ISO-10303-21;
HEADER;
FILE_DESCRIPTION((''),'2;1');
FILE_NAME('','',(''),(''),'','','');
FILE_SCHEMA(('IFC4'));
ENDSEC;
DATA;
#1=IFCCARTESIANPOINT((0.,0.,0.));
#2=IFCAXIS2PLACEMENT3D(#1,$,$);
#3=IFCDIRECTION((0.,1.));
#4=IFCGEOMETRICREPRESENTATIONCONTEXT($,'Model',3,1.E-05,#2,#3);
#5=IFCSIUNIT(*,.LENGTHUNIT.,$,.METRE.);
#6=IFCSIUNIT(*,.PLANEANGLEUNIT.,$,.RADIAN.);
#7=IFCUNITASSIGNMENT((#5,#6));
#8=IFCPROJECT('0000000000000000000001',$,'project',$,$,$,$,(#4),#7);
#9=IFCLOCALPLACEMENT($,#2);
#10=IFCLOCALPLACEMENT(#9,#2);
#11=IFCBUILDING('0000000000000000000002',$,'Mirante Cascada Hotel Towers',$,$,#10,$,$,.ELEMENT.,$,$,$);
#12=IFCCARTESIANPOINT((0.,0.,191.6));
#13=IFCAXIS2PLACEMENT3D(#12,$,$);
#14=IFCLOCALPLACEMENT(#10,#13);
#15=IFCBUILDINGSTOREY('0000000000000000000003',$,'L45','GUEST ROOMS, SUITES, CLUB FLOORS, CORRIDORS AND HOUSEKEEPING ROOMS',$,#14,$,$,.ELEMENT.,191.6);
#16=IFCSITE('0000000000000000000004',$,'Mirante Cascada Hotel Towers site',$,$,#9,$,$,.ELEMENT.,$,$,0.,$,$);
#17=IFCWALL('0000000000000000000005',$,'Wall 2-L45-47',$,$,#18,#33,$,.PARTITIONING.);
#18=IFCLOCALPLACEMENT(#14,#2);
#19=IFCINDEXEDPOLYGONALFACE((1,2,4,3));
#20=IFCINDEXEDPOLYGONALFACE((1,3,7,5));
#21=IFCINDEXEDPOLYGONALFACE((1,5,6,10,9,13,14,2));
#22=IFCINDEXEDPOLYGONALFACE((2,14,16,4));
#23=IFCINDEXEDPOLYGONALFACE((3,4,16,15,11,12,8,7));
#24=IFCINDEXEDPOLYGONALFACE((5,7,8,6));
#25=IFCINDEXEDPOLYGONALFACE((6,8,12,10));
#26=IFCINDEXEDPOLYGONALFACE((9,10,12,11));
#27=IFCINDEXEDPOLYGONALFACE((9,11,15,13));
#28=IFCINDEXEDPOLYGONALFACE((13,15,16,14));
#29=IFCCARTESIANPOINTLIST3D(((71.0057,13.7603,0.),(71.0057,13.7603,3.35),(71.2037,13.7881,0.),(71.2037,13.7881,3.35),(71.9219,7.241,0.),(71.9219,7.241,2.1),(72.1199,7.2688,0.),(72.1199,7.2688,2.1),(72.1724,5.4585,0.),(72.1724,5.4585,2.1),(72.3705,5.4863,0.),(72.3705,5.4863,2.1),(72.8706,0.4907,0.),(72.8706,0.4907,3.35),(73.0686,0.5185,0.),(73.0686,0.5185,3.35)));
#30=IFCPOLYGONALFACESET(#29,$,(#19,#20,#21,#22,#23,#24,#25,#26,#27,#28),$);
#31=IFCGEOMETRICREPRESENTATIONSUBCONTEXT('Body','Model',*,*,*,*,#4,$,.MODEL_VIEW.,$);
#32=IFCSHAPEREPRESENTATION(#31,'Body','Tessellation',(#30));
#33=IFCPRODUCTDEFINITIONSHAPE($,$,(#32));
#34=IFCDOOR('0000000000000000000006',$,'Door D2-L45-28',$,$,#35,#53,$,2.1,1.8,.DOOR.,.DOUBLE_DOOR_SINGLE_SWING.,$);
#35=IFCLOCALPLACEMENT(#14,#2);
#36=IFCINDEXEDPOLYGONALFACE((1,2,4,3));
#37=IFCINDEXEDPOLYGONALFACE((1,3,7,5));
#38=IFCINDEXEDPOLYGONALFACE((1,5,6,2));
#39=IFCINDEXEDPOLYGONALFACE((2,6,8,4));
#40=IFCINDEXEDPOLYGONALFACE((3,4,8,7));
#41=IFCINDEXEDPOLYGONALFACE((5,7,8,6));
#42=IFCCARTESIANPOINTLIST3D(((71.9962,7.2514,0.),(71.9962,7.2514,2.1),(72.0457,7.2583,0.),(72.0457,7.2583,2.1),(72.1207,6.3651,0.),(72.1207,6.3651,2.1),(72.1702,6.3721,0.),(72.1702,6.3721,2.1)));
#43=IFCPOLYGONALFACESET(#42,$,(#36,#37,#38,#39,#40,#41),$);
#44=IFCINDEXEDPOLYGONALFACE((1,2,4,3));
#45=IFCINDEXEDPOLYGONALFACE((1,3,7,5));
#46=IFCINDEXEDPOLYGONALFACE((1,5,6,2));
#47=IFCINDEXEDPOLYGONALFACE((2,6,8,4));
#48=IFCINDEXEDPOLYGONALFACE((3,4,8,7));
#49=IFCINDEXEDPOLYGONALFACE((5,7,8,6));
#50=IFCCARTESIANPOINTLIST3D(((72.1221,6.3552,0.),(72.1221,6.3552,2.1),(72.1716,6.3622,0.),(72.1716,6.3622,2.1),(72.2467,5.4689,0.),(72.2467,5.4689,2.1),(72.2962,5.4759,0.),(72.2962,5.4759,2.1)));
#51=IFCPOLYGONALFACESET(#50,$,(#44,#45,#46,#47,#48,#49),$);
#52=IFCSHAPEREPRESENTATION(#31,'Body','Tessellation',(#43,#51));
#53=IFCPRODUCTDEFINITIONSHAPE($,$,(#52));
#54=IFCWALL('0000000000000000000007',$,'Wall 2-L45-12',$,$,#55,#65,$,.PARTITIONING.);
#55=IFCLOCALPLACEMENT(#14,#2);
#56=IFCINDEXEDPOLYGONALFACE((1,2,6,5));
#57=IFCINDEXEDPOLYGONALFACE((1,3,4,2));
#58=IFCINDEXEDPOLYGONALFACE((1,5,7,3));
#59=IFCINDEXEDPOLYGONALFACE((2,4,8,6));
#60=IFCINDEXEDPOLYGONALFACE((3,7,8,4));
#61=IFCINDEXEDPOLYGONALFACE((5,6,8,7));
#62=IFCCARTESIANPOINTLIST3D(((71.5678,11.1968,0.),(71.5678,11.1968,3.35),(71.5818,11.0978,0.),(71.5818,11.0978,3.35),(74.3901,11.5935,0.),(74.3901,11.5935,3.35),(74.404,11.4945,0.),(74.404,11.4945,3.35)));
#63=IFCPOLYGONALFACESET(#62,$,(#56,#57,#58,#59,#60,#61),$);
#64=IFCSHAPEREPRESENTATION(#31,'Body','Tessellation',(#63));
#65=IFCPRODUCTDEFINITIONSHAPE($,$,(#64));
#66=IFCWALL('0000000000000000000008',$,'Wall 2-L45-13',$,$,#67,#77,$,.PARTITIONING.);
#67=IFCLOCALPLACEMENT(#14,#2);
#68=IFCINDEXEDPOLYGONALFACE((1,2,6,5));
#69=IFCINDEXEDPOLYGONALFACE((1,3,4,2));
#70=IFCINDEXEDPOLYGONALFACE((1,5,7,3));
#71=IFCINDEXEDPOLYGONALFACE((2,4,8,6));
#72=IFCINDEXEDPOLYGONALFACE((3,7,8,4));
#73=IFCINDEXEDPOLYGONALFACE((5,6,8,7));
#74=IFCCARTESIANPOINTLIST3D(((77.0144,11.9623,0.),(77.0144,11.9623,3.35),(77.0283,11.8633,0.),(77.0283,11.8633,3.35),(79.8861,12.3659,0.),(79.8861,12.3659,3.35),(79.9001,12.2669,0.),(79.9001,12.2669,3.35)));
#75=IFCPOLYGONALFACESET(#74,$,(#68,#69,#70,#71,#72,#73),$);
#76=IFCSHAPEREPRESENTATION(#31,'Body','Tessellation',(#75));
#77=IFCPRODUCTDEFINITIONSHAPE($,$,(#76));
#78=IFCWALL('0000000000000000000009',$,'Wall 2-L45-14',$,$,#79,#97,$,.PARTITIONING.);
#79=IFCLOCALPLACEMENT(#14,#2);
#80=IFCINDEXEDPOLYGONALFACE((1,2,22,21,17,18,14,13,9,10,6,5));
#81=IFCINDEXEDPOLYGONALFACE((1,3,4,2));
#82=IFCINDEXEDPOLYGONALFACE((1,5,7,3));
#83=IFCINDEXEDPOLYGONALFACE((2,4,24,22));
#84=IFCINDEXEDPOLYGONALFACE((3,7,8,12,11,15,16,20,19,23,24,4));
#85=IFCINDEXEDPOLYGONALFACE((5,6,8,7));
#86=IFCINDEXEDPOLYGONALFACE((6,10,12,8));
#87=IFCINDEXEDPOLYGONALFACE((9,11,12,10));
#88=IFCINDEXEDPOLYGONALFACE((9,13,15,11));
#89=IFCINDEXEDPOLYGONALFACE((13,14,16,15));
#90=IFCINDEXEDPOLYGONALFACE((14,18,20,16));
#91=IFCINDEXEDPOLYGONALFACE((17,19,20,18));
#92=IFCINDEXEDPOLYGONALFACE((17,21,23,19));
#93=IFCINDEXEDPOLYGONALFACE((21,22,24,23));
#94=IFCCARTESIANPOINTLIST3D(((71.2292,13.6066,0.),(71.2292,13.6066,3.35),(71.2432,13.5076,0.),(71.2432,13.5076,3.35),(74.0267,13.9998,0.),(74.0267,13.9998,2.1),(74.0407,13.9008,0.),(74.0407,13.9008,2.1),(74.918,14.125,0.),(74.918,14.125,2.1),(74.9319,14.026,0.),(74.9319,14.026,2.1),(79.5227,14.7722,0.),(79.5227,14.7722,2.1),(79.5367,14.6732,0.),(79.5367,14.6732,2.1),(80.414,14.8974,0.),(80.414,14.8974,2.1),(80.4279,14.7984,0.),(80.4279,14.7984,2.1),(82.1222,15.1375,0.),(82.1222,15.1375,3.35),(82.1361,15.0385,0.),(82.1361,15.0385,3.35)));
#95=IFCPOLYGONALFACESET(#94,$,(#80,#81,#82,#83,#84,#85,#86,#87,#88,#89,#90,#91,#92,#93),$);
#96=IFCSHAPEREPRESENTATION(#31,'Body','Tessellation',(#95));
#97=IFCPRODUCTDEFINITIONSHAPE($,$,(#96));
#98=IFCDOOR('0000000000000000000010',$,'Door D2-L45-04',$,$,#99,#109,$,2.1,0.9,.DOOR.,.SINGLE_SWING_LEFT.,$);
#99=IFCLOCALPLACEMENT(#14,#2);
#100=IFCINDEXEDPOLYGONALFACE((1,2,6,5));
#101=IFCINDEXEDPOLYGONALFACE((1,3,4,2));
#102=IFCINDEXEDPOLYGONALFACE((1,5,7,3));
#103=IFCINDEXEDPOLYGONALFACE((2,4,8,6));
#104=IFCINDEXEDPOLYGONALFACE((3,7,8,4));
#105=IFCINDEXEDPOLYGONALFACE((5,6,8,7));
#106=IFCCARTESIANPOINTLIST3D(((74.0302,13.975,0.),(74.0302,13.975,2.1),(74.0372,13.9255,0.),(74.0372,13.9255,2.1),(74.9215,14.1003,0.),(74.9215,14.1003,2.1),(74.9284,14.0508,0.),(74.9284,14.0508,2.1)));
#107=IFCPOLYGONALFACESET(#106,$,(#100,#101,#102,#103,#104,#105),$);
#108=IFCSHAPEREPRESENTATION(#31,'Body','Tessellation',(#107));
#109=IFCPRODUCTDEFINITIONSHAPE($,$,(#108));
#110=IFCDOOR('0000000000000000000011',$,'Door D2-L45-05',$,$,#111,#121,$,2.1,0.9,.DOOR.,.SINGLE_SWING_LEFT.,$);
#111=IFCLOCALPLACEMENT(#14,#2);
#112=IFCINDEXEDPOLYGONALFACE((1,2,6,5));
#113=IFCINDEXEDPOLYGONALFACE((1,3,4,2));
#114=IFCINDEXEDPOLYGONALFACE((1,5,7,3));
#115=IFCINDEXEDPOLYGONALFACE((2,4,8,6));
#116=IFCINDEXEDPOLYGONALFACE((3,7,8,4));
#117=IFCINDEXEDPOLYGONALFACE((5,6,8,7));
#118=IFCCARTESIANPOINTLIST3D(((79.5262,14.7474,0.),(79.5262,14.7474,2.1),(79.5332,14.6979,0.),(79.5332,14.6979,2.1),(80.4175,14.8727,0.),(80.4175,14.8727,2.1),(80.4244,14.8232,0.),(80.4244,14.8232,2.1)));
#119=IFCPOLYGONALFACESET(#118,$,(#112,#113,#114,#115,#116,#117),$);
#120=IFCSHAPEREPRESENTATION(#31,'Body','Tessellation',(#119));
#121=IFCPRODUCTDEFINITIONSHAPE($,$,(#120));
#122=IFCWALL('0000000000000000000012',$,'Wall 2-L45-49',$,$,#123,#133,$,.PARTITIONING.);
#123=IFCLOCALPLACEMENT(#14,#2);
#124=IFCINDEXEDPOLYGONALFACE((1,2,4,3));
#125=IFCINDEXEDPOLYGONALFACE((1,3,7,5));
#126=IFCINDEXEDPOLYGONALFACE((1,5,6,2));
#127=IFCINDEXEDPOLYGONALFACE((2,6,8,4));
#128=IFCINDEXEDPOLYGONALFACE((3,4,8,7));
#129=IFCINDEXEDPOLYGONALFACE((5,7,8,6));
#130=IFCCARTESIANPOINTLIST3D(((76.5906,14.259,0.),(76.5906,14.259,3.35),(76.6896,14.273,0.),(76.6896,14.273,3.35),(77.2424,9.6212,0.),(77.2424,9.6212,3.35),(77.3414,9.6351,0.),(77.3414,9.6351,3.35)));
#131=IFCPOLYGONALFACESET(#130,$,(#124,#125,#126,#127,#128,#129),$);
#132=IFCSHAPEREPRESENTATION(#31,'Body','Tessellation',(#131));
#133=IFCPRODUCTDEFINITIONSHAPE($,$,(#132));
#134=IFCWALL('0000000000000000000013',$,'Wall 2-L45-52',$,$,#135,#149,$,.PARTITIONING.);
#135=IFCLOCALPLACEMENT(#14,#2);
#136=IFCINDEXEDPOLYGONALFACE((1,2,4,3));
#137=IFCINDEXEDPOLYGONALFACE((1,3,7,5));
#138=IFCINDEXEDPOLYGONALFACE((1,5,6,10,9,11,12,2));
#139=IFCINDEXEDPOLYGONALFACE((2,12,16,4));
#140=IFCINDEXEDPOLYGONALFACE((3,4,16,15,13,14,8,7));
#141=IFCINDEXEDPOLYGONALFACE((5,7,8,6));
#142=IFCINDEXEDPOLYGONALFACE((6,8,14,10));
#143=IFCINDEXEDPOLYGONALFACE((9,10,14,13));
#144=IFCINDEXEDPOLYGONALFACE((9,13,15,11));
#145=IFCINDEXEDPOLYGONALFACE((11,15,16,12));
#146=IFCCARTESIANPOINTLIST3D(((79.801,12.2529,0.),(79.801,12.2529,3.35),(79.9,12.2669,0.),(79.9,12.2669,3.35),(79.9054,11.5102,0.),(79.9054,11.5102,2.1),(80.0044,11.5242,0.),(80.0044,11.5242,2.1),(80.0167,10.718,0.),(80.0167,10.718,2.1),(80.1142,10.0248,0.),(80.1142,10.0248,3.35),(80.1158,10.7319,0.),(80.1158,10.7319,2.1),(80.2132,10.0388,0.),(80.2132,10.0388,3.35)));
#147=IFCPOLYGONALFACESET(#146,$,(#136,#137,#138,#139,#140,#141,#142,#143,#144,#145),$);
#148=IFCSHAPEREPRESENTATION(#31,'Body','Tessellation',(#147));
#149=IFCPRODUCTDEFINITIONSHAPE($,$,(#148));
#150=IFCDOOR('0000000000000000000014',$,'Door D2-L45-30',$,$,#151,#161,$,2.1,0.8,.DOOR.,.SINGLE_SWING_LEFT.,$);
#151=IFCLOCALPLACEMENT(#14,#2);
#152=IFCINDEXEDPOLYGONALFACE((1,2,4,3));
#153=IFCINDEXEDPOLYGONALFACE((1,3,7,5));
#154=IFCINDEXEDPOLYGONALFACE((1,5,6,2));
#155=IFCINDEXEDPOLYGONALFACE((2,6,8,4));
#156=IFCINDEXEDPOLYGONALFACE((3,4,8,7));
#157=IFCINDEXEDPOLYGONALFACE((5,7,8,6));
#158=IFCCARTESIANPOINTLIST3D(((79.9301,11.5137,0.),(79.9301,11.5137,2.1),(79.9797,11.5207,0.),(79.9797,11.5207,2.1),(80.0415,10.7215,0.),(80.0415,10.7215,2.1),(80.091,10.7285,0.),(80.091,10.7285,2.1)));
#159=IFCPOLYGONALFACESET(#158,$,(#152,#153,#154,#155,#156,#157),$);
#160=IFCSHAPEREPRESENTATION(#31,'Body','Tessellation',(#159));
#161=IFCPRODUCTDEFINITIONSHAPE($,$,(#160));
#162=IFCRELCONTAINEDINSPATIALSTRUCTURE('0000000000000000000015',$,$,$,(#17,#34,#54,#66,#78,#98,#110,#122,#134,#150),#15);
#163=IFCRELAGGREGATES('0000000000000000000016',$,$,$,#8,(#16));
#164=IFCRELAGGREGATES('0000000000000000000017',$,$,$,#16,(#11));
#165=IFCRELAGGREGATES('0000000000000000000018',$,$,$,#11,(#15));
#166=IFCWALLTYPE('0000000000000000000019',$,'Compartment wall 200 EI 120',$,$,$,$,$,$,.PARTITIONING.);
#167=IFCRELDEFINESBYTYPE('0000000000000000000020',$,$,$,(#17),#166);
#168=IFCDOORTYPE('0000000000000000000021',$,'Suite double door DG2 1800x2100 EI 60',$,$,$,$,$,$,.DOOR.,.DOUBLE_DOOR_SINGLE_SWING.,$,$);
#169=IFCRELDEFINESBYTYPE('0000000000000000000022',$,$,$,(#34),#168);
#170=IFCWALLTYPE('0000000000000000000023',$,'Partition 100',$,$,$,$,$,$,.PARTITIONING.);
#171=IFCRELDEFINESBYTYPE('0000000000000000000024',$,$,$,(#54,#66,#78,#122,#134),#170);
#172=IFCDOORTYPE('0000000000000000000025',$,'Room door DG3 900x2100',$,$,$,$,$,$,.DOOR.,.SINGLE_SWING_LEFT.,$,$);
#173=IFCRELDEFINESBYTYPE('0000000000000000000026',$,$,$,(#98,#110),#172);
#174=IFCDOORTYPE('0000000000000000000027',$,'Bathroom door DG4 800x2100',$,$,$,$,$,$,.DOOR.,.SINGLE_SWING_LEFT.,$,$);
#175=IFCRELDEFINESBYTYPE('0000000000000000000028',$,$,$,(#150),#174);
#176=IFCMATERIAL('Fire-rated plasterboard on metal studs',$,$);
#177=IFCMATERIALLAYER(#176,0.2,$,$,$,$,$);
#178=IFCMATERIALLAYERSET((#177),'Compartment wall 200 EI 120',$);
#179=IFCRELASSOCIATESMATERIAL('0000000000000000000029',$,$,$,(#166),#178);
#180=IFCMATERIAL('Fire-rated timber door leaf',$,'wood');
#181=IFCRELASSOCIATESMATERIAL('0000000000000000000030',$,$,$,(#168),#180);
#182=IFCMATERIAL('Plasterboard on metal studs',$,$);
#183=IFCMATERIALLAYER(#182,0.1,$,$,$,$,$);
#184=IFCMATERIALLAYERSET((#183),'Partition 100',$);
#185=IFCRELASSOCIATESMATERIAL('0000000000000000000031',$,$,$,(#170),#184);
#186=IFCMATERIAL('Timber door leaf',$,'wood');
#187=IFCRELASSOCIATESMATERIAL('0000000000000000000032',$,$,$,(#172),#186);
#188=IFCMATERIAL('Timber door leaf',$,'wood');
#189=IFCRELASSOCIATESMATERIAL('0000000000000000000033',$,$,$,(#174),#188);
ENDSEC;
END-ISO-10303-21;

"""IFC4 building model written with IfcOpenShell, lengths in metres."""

from ifc_helpers import new_model, si_unit, direction, frame, frame_2d, origin, place, context, subcontext, project, spatial, rectangle, extrude, material, layer, layer_set, type_object, element, fill, save


model = new_model("IFC4")

# Units and contexts
model_context = context("Model", 3, precision=1e-05, world=origin(), true_north=direction((0.0, 1.0)))
body_context = subcontext(model_context, "Body", "Model", "MODEL_VIEW")
ifc_project = project(units=[si_unit("LENGTHUNIT", "METRE"), si_unit("PLANEANGLEUNIT", "RADIAN")], contexts=[model_context])

# Site, building, storey
site_placement = place(None, origin())
site = spatial("IfcSite", under=ifc_project, at=site_placement, Name="Mirante Cascada Hotel Towers site", CompositionType="ELEMENT", RefElevation=0.0)
building_placement = place(site_placement, origin())
building = spatial("IfcBuilding", under=site, at=building_placement, Name="Mirante Cascada Hotel Towers", CompositionType="ELEMENT")
storey_placement = place(building_placement, frame((0.0, 0.0, 191.6)))
storey = spatial("IfcBuildingStorey", under=building, at=storey_placement, Name="L45", Description="GUEST ROOMS, SUITES, CLUB FLOORS, CORRIDORS AND HOUSEKEEPING ROOMS", CompositionType="ELEMENT", Elevation=191.6)

# Shared definitions
ifc_material_1 = material(Name="Fire-rated plasterboard on metal studs")
ifc_layer_1 = layer(ifc_material_1, 0.2)
ifc_layer_set_1 = layer_set([ifc_layer_1], Name="Compartment wall 200 EI 120")
wall_type_1 = type_object("IfcWallType", Name="Compartment wall 200 EI 120", PredefinedType="PARTITIONING", material=ifc_layer_set_1)

# Wall, opening, door
wall_1_placement = place(storey_placement, frame((71.1047, 13.7742, 0.0), z_axis=(0.0, 0.0, 1.0), x_axis=(0.139172, -0.990268, 0.0)))
wall_1 = element("IfcWall", 1, at=wall_1_placement, inside=storey, type_object=wall_type_1, Name="Wall 2-L45-47", PredefinedType="PARTITIONING", context=body_context, shape_type="SweptSolid", body=[
    extrude(rectangle(XDim=13.4, YDim=0.2, at=frame_2d((6.7, 0.0))), origin(), (0.0, 0.0, 1.0), 3.35),
])
opening_1_placement = place(wall_1_placement, frame((6.5834, 0.0, 0.0)))
opening_1 = element("IfcOpeningElement", 2, at=opening_1_placement, cuts=wall_1, PredefinedType="OPENING", context=body_context, shape_type="SweptSolid", body=[
    extrude(rectangle(XDim=1.8, YDim=2.1, at=frame_2d((0.9, 1.05))), frame((0.0, 0.1, 0.0), z_axis=(0.0, -1.0, 0.0), x_axis=(1.0, 0.0, 0.0)), (0.0, 0.0, 1.0), 0.2),
])
ifc_material_2 = material(Name="Fire-rated timber door leaf", Category="wood")
door_type_1 = type_object("IfcDoorType", Name="Suite double door DG2 1800x2100 EI 60", OperationType="DOUBLE_DOOR_SINGLE_SWING", PredefinedType="DOOR", material=ifc_material_2)
door_1_placement = place(opening_1_placement, origin())
door_1 = element("IfcDoor", 3, at=door_1_placement, inside=storey, type_object=door_type_1, Name="Door D2-L45-28", OperationType="DOUBLE_DOOR_SINGLE_SWING", OverallHeight=2.1, OverallWidth=1.8, PredefinedType="DOOR", context=body_context, shape_type="SweptSolid", body=[
    extrude(rectangle(XDim=0.895, YDim=2.1, at=frame_2d((0.4475, 1.05))), frame((0.0, 0.025, 0.0), z_axis=(0.0, -1.0, 0.0), x_axis=(1.0, 0.0, 0.0)), (0.0, 0.0, 1.0), 0.05),
    extrude(rectangle(XDim=0.895, YDim=2.1, at=frame_2d((1.3525, 1.05))), frame((0.0, 0.025, 0.0), z_axis=(0.0, -1.0, 0.0), x_axis=(1.0, 0.0, 0.0)), (0.0, 0.0, 1.0), 0.05),
])
fill(opening_1, door_1)

# Walls
ifc_material_3 = material(Name="Plasterboard on metal studs")
ifc_layer_2 = layer(ifc_material_3, 0.1)
ifc_layer_set_2 = layer_set([ifc_layer_2], Name="Partition 100")
wall_type_2 = type_object("IfcWallType", Name="Partition 100", PredefinedType="PARTITIONING", material=ifc_layer_set_2)
wall_2_placement = place(storey_placement, frame((71.5748, 11.1473, 0.0), z_axis=(0.0, 0.0, 1.0), x_axis=(0.990266, 0.139191, 0.0)))
element("IfcWall", 4, at=wall_2_placement, inside=storey, type_object=wall_type_2, Name="Wall 2-L45-12", PredefinedType="PARTITIONING", context=body_context, shape_type="SweptSolid", body=[
    extrude(rectangle(XDim=2.85, YDim=0.1, at=frame_2d((1.425, 0.0))), origin(), (0.0, 0.0, 1.0), 3.35),
])
wall_3_placement = place(storey_placement, frame((79.8931, 12.3164, 0.0), z_axis=(0.0, 0.0, 1.0), x_axis=(-0.990268, -0.139171, 0.0)))
element("IfcWall", 5, at=wall_3_placement, inside=storey, type_object=wall_type_2, Name="Wall 2-L45-13", PredefinedType="PARTITIONING", context=body_context, shape_type="SweptSolid", body=[
    extrude(rectangle(XDim=2.9, YDim=0.1, at=frame_2d((1.45, 0.0))), origin(), (0.0, 0.0, 1.0), 3.35),
])

# Wall, openings, doors
wall_4_placement = place(storey_placement, frame((71.2362, 13.5571, 0.0), z_axis=(0.0, 0.0, 1.0), x_axis=(0.990268, 0.139173, 0.0)))
wall_4 = element("IfcWall", 6, at=wall_4_placement, inside=storey, type_object=wall_type_2, Name="Wall 2-L45-14", PredefinedType="PARTITIONING", context=body_context, shape_type="SweptSolid", body=[
    extrude(rectangle(XDim=11.0, YDim=0.1, at=frame_2d((5.5, 0.0))), origin(), (0.0, 0.0, 1.0), 3.35),
])
opening_2_placement = place(wall_4_placement, frame((2.825, 0.0, 0.0)))
opening_2 = element("IfcOpeningElement", 7, at=opening_2_placement, cuts=wall_4, PredefinedType="OPENING", context=body_context, shape_type="SweptSolid", body=[
    extrude(rectangle(XDim=0.9, YDim=2.1, at=frame_2d((0.45, 1.05))), frame((0.0, 0.05, 0.0), z_axis=(0.0, -1.0, 0.0), x_axis=(1.0, 0.0, 0.0)), (0.0, 0.0, 1.0), 0.1),
])
opening_3_placement = place(wall_4_placement, frame((8.375, 0.0, 0.0)))
opening_3 = element("IfcOpeningElement", 8, at=opening_3_placement, cuts=wall_4, PredefinedType="OPENING", context=body_context, shape_type="SweptSolid", body=[
    extrude(rectangle(XDim=0.9, YDim=2.1, at=frame_2d((0.45, 1.05))), frame((0.0, 0.05, 0.0), z_axis=(0.0, -1.0, 0.0), x_axis=(1.0, 0.0, 0.0)), (0.0, 0.0, 1.0), 0.1),
])
ifc_material_4 = material(Name="Timber door leaf", Category="wood")
door_type_2 = type_object("IfcDoorType", Name="Room door DG3 900x2100", OperationType="SINGLE_SWING_LEFT", PredefinedType="DOOR", material=ifc_material_4)
door_2_placement = place(opening_2_placement, origin())
door_2 = element("IfcDoor", 9, at=door_2_placement, inside=storey, type_object=door_type_2, Name="Door D2-L45-04", OperationType="SINGLE_SWING_LEFT", OverallHeight=2.1, OverallWidth=0.9, PredefinedType="DOOR", context=body_context, shape_type="SweptSolid", body=[
    extrude(rectangle(XDim=0.9, YDim=2.1, at=frame_2d((0.45, 1.05))), frame((0.0, 0.025, 0.0), z_axis=(0.0, -1.0, 0.0), x_axis=(1.0, 0.0, 0.0)), (0.0, 0.0, 1.0), 0.05),
])
fill(opening_2, door_2)
door_3_placement = place(opening_3_placement, origin())
door_3 = element("IfcDoor", 10, at=door_3_placement, inside=storey, type_object=door_type_2, Name="Door D2-L45-05", OperationType="SINGLE_SWING_LEFT", OverallHeight=2.1, OverallWidth=0.9, PredefinedType="DOOR", context=body_context, shape_type="SweptSolid", body=[
    extrude(rectangle(XDim=0.9, YDim=2.1, at=frame_2d((0.45, 1.05))), frame((0.0, 0.025, 0.0), z_axis=(0.0, -1.0, 0.0), x_axis=(1.0, 0.0, 0.0)), (0.0, 0.0, 1.0), 0.05),
])
fill(opening_3, door_3)

# Wall
wall_5_placement = place(storey_placement, frame((76.6401, 14.266, 0.0), z_axis=(0.0, 0.0, 1.0), x_axis=(0.139173, -0.990268, 0.0)))
element("IfcWall", 11, at=wall_5_placement, inside=storey, type_object=wall_type_2, Name="Wall 2-L45-49", PredefinedType="PARTITIONING", context=body_context, shape_type="SweptSolid", body=[
    extrude(rectangle(XDim=4.6834, YDim=0.1, at=frame_2d((2.3417, 0.0))), origin(), (0.0, 0.0, 1.0), 3.35),
])

# Wall, opening, door
wall_6_placement = place(storey_placement, frame((80.1637, 10.0318, 0.0), z_axis=(0.0, 0.0, 1.0), x_axis=(-0.1392, 0.990264, 0.0)))
wall_6 = element("IfcWall", 12, at=wall_6_placement, inside=storey, type_object=wall_type_2, Name="Wall 2-L45-52", PredefinedType="PARTITIONING", context=body_context, shape_type="SweptSolid", body=[
    extrude(rectangle(XDim=2.25, YDim=0.1, at=frame_2d((1.125, 0.0))), origin(), (0.0, 0.0, 1.0), 3.35),
])
opening_4_placement = place(wall_6_placement, frame((0.7, 0.0, 0.0)))
opening_4 = element("IfcOpeningElement", 13, at=opening_4_placement, cuts=wall_6, PredefinedType="OPENING", context=body_context, shape_type="SweptSolid", body=[
    extrude(rectangle(XDim=0.8, YDim=2.1, at=frame_2d((0.4, 1.05))), frame((0.0, 0.05, 0.0), z_axis=(0.0, -1.0, 0.0), x_axis=(1.0, 0.0, 0.0)), (0.0, 0.0, 1.0), 0.1),
])
ifc_material_5 = material(Name="Timber door leaf", Category="wood")
door_type_3 = type_object("IfcDoorType", Name="Bathroom door DG4 800x2100", OperationType="SINGLE_SWING_LEFT", PredefinedType="DOOR", material=ifc_material_5)
door_4_placement = place(opening_4_placement, origin())
door_4 = element("IfcDoor", 14, at=door_4_placement, inside=storey, type_object=door_type_3, Name="Door D2-L45-30", OperationType="SINGLE_SWING_LEFT", OverallHeight=2.1, OverallWidth=0.8, PredefinedType="DOOR", context=body_context, shape_type="SweptSolid", body=[
    extrude(rectangle(XDim=0.8, YDim=2.1, at=frame_2d((0.4, 1.05))), frame((0.0, 0.025, 0.0), z_axis=(0.0, -1.0, 0.0), x_axis=(1.0, 0.0, 0.0)), (0.0, 0.0, 1.0), 0.05),
])
fill(opening_4, door_4)

save(model, "model.ifc")
